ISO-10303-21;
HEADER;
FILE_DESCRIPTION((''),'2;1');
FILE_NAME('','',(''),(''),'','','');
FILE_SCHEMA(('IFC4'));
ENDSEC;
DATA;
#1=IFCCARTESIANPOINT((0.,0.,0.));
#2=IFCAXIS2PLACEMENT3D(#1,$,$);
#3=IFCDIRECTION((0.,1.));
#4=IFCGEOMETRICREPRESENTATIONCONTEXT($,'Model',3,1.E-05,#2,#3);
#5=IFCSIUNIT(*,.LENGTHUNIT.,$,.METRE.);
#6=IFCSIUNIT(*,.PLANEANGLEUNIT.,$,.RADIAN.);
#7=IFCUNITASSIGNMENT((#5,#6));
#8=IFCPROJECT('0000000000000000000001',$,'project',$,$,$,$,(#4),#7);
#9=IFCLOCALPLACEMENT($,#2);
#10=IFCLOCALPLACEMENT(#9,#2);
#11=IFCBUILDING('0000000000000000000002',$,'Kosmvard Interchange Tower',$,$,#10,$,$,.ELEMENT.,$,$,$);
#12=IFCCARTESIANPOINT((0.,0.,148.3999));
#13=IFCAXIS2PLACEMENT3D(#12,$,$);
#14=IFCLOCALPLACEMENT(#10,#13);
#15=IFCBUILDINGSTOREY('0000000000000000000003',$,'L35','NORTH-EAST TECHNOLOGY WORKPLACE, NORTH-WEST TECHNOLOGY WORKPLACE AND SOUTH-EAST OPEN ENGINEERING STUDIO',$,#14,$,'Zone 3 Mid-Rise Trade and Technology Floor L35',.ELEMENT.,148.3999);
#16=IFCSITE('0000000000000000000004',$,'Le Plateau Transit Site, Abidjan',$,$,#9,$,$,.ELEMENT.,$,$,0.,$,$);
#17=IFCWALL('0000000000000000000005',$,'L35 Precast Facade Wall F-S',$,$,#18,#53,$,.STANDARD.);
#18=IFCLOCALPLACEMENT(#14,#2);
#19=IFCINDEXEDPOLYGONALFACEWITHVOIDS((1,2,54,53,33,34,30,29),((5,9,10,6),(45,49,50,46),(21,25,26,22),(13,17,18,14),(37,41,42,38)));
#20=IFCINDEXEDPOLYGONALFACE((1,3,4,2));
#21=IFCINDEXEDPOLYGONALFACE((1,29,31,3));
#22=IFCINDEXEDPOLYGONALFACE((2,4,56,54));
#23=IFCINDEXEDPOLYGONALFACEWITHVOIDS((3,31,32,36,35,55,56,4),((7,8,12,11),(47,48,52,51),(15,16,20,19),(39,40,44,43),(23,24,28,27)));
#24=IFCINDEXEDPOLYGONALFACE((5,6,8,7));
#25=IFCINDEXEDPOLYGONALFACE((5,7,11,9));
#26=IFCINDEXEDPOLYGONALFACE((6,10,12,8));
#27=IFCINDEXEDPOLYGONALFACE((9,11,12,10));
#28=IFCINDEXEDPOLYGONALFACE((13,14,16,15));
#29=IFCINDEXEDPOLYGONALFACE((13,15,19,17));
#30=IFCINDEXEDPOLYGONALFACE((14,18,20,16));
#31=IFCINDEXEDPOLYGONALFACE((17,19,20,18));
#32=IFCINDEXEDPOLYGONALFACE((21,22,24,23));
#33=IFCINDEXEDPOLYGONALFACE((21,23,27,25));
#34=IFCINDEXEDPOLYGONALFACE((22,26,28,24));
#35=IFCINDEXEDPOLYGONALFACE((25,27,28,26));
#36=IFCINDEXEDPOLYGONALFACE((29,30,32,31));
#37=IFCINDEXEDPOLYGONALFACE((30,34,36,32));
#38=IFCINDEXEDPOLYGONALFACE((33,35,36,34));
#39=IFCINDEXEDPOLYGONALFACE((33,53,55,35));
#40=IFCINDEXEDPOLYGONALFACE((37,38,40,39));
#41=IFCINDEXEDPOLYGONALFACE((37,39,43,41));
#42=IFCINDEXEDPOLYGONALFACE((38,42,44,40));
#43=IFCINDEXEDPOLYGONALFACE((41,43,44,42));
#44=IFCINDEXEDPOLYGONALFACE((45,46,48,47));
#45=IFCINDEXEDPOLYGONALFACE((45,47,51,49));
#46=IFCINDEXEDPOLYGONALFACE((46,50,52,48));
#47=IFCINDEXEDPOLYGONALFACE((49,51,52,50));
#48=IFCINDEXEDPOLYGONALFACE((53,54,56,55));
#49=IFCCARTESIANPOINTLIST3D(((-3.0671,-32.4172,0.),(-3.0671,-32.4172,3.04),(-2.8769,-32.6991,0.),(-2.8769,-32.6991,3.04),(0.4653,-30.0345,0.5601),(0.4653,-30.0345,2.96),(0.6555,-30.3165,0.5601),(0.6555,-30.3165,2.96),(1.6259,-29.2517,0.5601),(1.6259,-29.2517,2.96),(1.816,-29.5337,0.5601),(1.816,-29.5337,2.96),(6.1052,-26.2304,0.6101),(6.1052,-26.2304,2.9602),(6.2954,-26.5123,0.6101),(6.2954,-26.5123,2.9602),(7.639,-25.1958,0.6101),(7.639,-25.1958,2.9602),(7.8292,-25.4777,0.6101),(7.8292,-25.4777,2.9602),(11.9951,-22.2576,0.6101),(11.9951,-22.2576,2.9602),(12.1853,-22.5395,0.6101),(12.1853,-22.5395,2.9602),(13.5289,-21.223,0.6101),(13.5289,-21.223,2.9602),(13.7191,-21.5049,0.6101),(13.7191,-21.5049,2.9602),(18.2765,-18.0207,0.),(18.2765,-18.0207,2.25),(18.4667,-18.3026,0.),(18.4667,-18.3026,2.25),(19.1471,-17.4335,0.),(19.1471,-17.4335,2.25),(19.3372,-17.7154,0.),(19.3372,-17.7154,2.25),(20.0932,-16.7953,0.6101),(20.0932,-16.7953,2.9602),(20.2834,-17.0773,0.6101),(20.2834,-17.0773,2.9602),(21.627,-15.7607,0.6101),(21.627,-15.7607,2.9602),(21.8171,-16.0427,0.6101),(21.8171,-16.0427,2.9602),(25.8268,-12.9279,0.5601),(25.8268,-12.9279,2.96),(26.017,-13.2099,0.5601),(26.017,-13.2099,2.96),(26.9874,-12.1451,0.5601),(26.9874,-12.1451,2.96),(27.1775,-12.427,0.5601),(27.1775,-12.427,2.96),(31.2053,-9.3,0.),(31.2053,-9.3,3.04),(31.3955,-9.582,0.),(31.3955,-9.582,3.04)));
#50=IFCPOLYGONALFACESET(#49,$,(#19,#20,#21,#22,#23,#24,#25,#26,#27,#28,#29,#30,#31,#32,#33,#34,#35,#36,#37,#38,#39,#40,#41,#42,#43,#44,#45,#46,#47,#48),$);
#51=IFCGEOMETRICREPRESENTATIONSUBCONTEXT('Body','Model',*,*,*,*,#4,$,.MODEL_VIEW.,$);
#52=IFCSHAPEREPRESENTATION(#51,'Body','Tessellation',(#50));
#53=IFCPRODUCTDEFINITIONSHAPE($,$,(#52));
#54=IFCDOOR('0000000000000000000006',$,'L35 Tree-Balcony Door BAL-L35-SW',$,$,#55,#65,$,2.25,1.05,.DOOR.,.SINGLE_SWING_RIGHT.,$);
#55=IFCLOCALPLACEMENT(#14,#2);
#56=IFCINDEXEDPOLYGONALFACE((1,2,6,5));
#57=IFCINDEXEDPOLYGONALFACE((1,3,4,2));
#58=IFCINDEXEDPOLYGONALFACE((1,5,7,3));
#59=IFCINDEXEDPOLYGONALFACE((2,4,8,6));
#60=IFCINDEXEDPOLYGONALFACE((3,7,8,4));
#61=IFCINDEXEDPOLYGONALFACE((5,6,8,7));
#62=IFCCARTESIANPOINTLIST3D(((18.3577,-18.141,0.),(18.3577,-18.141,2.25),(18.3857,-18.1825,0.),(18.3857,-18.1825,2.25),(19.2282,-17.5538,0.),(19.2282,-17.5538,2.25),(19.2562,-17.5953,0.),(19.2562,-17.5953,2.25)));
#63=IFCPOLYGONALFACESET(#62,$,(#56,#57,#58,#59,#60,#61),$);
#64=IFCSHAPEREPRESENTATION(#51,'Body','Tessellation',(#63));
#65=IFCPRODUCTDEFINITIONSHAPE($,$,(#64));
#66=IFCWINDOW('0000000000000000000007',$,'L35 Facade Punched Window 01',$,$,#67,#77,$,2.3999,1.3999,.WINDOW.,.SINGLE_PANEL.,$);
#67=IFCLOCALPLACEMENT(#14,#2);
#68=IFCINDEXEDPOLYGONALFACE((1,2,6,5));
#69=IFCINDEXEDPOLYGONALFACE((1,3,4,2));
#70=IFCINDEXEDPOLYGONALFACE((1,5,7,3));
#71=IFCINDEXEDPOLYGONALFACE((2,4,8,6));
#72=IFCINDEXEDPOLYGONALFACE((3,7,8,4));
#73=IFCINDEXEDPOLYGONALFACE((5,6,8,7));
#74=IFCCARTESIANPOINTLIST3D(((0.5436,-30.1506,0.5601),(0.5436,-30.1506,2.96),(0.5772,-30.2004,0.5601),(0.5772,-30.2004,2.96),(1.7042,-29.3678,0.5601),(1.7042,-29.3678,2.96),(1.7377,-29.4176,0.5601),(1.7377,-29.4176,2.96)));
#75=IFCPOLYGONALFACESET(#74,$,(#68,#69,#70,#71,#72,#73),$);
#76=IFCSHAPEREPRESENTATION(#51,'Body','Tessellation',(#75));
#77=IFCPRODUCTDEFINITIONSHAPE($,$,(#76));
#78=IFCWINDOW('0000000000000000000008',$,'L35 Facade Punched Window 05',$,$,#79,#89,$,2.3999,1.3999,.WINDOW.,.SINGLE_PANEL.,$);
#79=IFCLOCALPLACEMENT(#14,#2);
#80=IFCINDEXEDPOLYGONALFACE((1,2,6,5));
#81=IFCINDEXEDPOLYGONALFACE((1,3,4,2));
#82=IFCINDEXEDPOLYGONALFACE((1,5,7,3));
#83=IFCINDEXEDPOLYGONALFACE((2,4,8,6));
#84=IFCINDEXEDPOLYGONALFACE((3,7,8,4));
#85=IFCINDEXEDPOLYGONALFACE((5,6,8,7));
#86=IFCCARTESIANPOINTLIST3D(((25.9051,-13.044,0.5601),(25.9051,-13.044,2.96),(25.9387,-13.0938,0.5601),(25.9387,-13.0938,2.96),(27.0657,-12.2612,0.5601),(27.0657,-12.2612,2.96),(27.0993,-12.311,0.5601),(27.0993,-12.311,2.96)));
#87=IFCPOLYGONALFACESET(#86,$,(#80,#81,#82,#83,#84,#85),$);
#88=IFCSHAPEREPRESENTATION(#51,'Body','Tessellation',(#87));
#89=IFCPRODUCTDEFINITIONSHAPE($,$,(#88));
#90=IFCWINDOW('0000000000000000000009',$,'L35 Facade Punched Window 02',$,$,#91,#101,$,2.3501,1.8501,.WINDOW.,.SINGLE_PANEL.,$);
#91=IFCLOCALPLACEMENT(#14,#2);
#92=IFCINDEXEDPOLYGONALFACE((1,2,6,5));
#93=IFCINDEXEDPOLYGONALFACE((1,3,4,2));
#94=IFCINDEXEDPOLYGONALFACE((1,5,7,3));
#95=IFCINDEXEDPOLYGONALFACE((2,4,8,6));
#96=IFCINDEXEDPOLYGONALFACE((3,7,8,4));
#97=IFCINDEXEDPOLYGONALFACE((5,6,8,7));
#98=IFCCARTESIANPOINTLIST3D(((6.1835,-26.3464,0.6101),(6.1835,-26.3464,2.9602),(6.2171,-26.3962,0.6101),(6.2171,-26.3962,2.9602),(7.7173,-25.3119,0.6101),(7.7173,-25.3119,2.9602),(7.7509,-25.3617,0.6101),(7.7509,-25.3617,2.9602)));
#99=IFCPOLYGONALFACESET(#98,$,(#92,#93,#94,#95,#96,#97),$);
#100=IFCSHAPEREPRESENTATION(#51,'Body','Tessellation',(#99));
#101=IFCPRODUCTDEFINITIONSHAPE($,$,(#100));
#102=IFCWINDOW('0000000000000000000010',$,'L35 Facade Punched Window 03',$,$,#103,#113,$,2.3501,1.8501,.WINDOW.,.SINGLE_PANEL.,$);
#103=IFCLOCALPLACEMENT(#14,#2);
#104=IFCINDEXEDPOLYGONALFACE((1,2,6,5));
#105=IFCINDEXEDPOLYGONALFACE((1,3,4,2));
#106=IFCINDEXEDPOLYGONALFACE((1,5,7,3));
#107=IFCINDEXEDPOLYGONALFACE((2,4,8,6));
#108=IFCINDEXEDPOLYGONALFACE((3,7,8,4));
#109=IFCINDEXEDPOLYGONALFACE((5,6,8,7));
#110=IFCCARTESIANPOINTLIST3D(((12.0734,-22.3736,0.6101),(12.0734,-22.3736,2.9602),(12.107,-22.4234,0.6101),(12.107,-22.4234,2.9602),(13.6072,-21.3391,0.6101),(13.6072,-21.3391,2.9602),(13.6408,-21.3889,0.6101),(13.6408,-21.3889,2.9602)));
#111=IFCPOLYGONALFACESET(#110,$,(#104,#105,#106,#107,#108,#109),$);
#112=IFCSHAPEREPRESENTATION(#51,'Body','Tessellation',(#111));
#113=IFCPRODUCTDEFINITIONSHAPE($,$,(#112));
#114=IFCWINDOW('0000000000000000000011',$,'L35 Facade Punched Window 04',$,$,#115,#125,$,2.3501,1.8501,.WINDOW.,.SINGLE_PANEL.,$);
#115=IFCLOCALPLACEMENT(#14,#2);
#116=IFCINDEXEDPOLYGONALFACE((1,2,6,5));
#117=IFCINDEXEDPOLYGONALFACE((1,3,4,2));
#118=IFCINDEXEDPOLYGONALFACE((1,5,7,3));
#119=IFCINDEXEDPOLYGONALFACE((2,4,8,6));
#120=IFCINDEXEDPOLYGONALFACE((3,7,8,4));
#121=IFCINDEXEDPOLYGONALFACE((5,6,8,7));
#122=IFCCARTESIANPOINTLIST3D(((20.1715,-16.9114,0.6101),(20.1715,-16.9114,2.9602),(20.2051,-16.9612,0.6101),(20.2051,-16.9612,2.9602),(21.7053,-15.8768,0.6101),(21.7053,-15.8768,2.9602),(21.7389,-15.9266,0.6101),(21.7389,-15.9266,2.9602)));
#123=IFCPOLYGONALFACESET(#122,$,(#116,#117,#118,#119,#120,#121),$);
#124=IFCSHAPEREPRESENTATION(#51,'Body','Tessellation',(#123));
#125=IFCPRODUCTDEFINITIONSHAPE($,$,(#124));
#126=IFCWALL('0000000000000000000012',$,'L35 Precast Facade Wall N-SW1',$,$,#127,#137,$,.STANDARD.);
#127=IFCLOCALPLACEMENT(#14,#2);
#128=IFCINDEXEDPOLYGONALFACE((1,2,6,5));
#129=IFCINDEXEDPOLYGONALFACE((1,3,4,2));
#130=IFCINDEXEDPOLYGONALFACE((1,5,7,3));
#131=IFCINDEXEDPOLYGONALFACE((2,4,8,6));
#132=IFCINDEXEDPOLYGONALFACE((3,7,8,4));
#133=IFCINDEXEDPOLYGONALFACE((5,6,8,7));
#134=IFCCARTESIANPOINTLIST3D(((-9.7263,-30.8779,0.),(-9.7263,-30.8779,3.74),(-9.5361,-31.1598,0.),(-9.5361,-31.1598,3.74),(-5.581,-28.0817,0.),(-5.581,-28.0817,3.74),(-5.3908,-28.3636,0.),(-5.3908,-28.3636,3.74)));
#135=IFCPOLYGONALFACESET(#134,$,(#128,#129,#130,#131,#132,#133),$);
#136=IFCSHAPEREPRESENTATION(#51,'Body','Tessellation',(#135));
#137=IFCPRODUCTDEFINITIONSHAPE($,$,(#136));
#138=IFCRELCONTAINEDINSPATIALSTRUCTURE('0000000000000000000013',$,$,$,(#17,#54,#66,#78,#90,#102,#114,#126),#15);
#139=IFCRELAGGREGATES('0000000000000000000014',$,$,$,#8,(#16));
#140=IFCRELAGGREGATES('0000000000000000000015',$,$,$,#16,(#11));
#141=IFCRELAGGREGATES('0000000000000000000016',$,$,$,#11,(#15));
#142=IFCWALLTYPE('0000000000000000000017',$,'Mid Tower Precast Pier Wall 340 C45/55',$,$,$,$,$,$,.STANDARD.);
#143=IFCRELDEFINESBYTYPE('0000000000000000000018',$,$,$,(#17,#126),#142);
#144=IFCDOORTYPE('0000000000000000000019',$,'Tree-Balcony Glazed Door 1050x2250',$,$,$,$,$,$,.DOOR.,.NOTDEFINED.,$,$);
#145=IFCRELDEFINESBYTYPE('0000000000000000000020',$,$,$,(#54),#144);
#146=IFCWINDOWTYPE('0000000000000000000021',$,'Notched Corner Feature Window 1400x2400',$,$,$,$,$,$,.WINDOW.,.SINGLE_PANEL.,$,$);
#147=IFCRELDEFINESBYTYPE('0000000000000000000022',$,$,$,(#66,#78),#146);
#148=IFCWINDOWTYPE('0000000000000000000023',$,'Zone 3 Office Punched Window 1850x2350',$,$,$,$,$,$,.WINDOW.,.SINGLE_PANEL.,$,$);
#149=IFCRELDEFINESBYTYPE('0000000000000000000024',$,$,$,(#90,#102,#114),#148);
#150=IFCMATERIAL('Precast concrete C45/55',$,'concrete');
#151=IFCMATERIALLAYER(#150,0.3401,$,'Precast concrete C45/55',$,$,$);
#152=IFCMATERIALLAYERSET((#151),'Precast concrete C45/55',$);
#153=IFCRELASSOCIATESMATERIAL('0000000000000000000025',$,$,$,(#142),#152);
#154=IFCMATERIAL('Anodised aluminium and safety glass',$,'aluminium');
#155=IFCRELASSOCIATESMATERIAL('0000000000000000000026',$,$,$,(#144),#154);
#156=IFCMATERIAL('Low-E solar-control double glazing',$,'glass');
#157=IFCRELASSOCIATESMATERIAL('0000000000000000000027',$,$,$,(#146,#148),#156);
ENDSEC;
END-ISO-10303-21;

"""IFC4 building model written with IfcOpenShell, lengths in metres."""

from ifc_helpers import new_model, si_unit, direction, frame, frame_2d, origin, place, context, subcontext, project, spatial, rectangle, extrude, source, transform, mapped, material, layer, layer_set, type_object, element, fill, save


model = new_model("IFC4")

# Units and contexts
model_context = context("Model", 3, precision=1e-05, world=origin(), true_north=direction((0.0, 1.0)))
body_context = subcontext(model_context, "Body", "Model", "MODEL_VIEW")
ifc_project = project(units=[si_unit("LENGTHUNIT", "METRE"), si_unit("PLANEANGLEUNIT", "RADIAN")], contexts=[model_context])

# Site, building, storey
site_placement = place(None, origin())
site = spatial("IfcSite", under=ifc_project, at=site_placement, Name="Le Plateau Transit Site, Abidjan", CompositionType="ELEMENT", RefElevation=0.0)
building_placement = place(site_placement, origin())
building = spatial("IfcBuilding", under=site, at=building_placement, Name="Kosmvard Interchange Tower", CompositionType="ELEMENT")
storey_placement = place(building_placement, frame((0.0, 0.0, 148.3999)))
storey = spatial("IfcBuildingStorey", under=building, at=storey_placement, Name="L35", Description="NORTH-EAST TECHNOLOGY WORKPLACE, NORTH-WEST TECHNOLOGY WORKPLACE AND SOUTH-EAST OPEN ENGINEERING STUDIO", LongName="Zone 3 Mid-Rise Trade and Technology Floor L35", CompositionType="ELEMENT", Elevation=148.3999)

# Shared definitions
ifc_material_1 = material(Name="Precast concrete C45/55", Category="concrete")

# Wall, openings, door, windows
ifc_layer_1 = layer(ifc_material_1, 0.3401, Name="Precast concrete C45/55")
ifc_layer_set_1 = layer_set([ifc_layer_1], Name="Precast concrete C45/55")
wall_type_1 = type_object("IfcWallType", Name="Mid Tower Precast Pier Wall 340 C45/55", PredefinedType="STANDARD", material=ifc_layer_set_1)
wall_1_placement = place(storey_placement, frame((-2.9719, -32.5581, 0.0), z_axis=(0.0, 0.0, 1.0), x_axis=(0.829036, 0.559195, 0.0)))
wall_1 = element("IfcWall", 1, at=wall_1_placement, inside=storey, type_object=wall_type_1, Name="L35 Precast Facade Wall F-S", PredefinedType="STANDARD", context=body_context, shape_type="SweptSolid", body=[
    extrude(rectangle(XDim=41.3401, YDim=0.3401, at=frame_2d((20.6699, 0.0))), origin(), (0.0, 0.0, 1.0), 3.04),
])
opening_1_placement = place(wall_1_placement, frame((25.7451, 0.0, 0.0)))
opening_1 = element("IfcOpeningElement", 2, at=opening_1_placement, cuts=wall_1, PredefinedType="OPENING", context=body_context, shape_type="SweptSolid", body=[
    extrude(rectangle(XDim=1.05, YDim=2.25, at=frame_2d((0.5249, 1.125))), frame((0.0, 0.1802, 0.0), z_axis=(0.0, -1.0, 0.0), x_axis=(1.0, 0.0, 0.0)), (0.0, 0.0, 1.0), 0.3601),
])
opening_2_placement = place(wall_1_placement, frame((4.2607, 0.0, 0.5601)))
opening_2 = element("IfcOpeningElement", 3, at=opening_2_placement, cuts=wall_1, PredefinedType="OPENING", context=body_context, shape_type="SweptSolid", body=[
    extrude(rectangle(XDim=1.3999, YDim=2.3999, at=frame_2d((0.7, 1.2))), frame((0.0, 0.1802, 0.0), z_axis=(0.0, -1.0, 0.0), x_axis=(1.0, 0.0, 0.0)), (0.0, 0.0, 1.0), 0.3601),
])
opening_3_placement = place(wall_1_placement, frame((11.0637, 0.0, 0.6101)))
opening_3 = element("IfcOpeningElement", 4, at=opening_3_placement, cuts=wall_1, PredefinedType="OPENING", context=body_context, shape_type="SweptSolid", body=[
    extrude(rectangle(XDim=1.8501, YDim=2.3501, at=frame_2d((0.925, 1.175))), frame((0.0, 0.1802, 0.0), z_axis=(0.0, -1.0, 0.0), x_axis=(1.0, 0.0, 0.0)), (0.0, 0.0, 1.0), 0.3601),
])
opening_4_placement = place(wall_1_placement, frame((18.1682, 0.0, 0.6101)))
opening_4 = element("IfcOpeningElement", 5, at=opening_4_placement, cuts=wall_1, PredefinedType="OPENING", context=body_context, shape_type="SweptSolid", body=[
    extrude(rectangle(XDim=1.8501, YDim=2.3501, at=frame_2d((0.925, 1.175))), frame((0.0, 0.1802, 0.0), z_axis=(0.0, -1.0, 0.0), x_axis=(1.0, 0.0, 0.0)), (0.0, 0.0, 1.0), 0.3601),
])
opening_5_placement = place(wall_1_placement, frame((27.9363, 0.0, 0.6101)))
opening_5 = element("IfcOpeningElement", 6, at=opening_5_placement, cuts=wall_1, PredefinedType="OPENING", context=body_context, shape_type="SweptSolid", body=[
    extrude(rectangle(XDim=1.8501, YDim=2.3501, at=frame_2d((0.925, 1.175))), frame((0.0, 0.1802, 0.0), z_axis=(0.0, -1.0, 0.0), x_axis=(1.0, 0.0, 0.0)), (0.0, 0.0, 1.0), 0.3601),
])
opening_6_placement = place(wall_1_placement, frame((34.8523, 0.0, 0.5601)))
opening_6 = element("IfcOpeningElement", 7, at=opening_6_placement, cuts=wall_1, PredefinedType="OPENING", context=body_context, shape_type="SweptSolid", body=[
    extrude(rectangle(XDim=1.3999, YDim=2.3999, at=frame_2d((0.7, 1.2))), frame((0.0, 0.1802, 0.0), z_axis=(0.0, -1.0, 0.0), x_axis=(1.0, 0.0, 0.0)), (0.0, 0.0, 1.0), 0.3601),
])
ifc_material_2 = material(Name="Anodised aluminium and safety glass", Category="aluminium")
door_type = type_object("IfcDoorType", Name="Tree-Balcony Glazed Door 1050x2250", OperationType="NOTDEFINED", PredefinedType="DOOR", material=ifc_material_2)
shared_shape_1 = source(origin(), body_context, "Body", "SweptSolid", [
    extrude(rectangle(XDim=1.05, YDim=2.25, at=frame_2d((0.5249, 1.125))), frame((0.0, 0.0249, 0.0), z_axis=(0.0, -1.0, 0.0), x_axis=(1.0, 0.0, 0.0)), (0.0, 0.0, 1.0), 0.05),
])
door_placement = place(opening_1_placement, origin())
door = element("IfcDoor", 8, at=door_placement, inside=storey, type_object=door_type, Name="L35 Tree-Balcony Door BAL-L35-SW", OperationType="SINGLE_SWING_RIGHT", OverallHeight=2.25, OverallWidth=1.05, PredefinedType="DOOR", context=body_context, shape_type="MappedRepresentation", body=[
    mapped(shared_shape_1, transform((0.0, 0.0, 0.0), scale=1.0)),
])
fill(opening_1, door)
ifc_material_3 = material(Name="Low-E solar-control double glazing", Category="glass")
window_type_1 = type_object("IfcWindowType", Name="Notched Corner Feature Window 1400x2400", PartitioningType="SINGLE_PANEL", PredefinedType="WINDOW", material=ifc_material_3)
shared_shape_2 = source(origin(), body_context, "Body", "SweptSolid", [
    extrude(rectangle(XDim=1.3999, YDim=2.3999, at=frame_2d((0.7, 1.2))), frame((0.0, 0.03, 0.0), z_axis=(0.0, -1.0, 0.0), x_axis=(1.0, 0.0, 0.0)), (0.0, 0.0, 1.0), 0.0601),
])
window_1_placement = place(opening_2_placement, origin())
window_1 = element("IfcWindow", 9, at=window_1_placement, inside=storey, type_object=window_type_1, Name="L35 Facade Punched Window 01", OverallHeight=2.3999, OverallWidth=1.3999, PartitioningType="SINGLE_PANEL", PredefinedType="WINDOW", context=body_context, shape_type="MappedRepresentation", body=[
    mapped(shared_shape_2, transform((0.0, 0.0, 0.0), scale=1.0)),
])
fill(opening_2, window_1)
window_2_placement = place(opening_6_placement, origin())
window_2 = element("IfcWindow", 10, at=window_2_placement, inside=storey, type_object=window_type_1, Name="L35 Facade Punched Window 05", OverallHeight=2.3999, OverallWidth=1.3999, PartitioningType="SINGLE_PANEL", PredefinedType="WINDOW", context=body_context, shape_type="MappedRepresentation", body=[
    mapped(shared_shape_2, transform((0.0, 0.0, 0.0), scale=1.0)),
])
fill(opening_6, window_2)
window_type_2 = type_object("IfcWindowType", Name="Zone 3 Office Punched Window 1850x2350", PartitioningType="SINGLE_PANEL", PredefinedType="WINDOW", material=ifc_material_3)
shared_shape_3 = source(origin(), body_context, "Body", "SweptSolid", [
    extrude(rectangle(XDim=1.8501, YDim=2.3501, at=frame_2d((0.925, 1.175))), frame((0.0, 0.03, 0.0), z_axis=(0.0, -1.0, 0.0), x_axis=(1.0, 0.0, 0.0)), (0.0, 0.0, 1.0), 0.0601),
])
window_3_placement = place(opening_3_placement, origin())
window_3 = element("IfcWindow", 11, at=window_3_placement, inside=storey, type_object=window_type_2, Name="L35 Facade Punched Window 02", OverallHeight=2.3501, OverallWidth=1.8501, PartitioningType="SINGLE_PANEL", PredefinedType="WINDOW", context=body_context, shape_type="MappedRepresentation", body=[
    mapped(shared_shape_3, transform((0.0, 0.0, 0.0), scale=1.0)),
])
fill(opening_3, window_3)
window_4_placement = place(opening_4_placement, origin())
window_4 = element("IfcWindow", 12, at=window_4_placement, inside=storey, type_object=window_type_2, Name="L35 Facade Punched Window 03", OverallHeight=2.3501, OverallWidth=1.8501, PartitioningType="SINGLE_PANEL", PredefinedType="WINDOW", context=body_context, shape_type="MappedRepresentation", body=[
    mapped(shared_shape_3, transform((0.0, 0.0, 0.0), scale=1.0)),
])
fill(opening_4, window_4)
window_5_placement = place(opening_5_placement, origin())
window_5 = element("IfcWindow", 13, at=window_5_placement, inside=storey, type_object=window_type_2, Name="L35 Facade Punched Window 04", OverallHeight=2.3501, OverallWidth=1.8501, PartitioningType="SINGLE_PANEL", PredefinedType="WINDOW", context=body_context, shape_type="MappedRepresentation", body=[
    mapped(shared_shape_3, transform((0.0, 0.0, 0.0), scale=1.0)),
])
fill(opening_5, window_5)

# Wall
wall_2_placement = place(storey_placement, frame((-9.6311, -31.0188, 0.0), z_axis=(0.0, 0.0, 1.0), x_axis=(0.829026, 0.55921, 0.0)))
element("IfcWall", 14, at=wall_2_placement, inside=storey, type_object=wall_type_1, Name="L35 Precast Facade Wall N-SW1", PredefinedType="STANDARD", context=body_context, shape_type="SweptSolid", body=[
    extrude(rectangle(XDim=5.0002, YDim=0.3401, at=frame_2d((2.5, 0.0))), origin(), (0.0, 0.0, 1.0), 3.74),
])

save(model, "model.ifc")
